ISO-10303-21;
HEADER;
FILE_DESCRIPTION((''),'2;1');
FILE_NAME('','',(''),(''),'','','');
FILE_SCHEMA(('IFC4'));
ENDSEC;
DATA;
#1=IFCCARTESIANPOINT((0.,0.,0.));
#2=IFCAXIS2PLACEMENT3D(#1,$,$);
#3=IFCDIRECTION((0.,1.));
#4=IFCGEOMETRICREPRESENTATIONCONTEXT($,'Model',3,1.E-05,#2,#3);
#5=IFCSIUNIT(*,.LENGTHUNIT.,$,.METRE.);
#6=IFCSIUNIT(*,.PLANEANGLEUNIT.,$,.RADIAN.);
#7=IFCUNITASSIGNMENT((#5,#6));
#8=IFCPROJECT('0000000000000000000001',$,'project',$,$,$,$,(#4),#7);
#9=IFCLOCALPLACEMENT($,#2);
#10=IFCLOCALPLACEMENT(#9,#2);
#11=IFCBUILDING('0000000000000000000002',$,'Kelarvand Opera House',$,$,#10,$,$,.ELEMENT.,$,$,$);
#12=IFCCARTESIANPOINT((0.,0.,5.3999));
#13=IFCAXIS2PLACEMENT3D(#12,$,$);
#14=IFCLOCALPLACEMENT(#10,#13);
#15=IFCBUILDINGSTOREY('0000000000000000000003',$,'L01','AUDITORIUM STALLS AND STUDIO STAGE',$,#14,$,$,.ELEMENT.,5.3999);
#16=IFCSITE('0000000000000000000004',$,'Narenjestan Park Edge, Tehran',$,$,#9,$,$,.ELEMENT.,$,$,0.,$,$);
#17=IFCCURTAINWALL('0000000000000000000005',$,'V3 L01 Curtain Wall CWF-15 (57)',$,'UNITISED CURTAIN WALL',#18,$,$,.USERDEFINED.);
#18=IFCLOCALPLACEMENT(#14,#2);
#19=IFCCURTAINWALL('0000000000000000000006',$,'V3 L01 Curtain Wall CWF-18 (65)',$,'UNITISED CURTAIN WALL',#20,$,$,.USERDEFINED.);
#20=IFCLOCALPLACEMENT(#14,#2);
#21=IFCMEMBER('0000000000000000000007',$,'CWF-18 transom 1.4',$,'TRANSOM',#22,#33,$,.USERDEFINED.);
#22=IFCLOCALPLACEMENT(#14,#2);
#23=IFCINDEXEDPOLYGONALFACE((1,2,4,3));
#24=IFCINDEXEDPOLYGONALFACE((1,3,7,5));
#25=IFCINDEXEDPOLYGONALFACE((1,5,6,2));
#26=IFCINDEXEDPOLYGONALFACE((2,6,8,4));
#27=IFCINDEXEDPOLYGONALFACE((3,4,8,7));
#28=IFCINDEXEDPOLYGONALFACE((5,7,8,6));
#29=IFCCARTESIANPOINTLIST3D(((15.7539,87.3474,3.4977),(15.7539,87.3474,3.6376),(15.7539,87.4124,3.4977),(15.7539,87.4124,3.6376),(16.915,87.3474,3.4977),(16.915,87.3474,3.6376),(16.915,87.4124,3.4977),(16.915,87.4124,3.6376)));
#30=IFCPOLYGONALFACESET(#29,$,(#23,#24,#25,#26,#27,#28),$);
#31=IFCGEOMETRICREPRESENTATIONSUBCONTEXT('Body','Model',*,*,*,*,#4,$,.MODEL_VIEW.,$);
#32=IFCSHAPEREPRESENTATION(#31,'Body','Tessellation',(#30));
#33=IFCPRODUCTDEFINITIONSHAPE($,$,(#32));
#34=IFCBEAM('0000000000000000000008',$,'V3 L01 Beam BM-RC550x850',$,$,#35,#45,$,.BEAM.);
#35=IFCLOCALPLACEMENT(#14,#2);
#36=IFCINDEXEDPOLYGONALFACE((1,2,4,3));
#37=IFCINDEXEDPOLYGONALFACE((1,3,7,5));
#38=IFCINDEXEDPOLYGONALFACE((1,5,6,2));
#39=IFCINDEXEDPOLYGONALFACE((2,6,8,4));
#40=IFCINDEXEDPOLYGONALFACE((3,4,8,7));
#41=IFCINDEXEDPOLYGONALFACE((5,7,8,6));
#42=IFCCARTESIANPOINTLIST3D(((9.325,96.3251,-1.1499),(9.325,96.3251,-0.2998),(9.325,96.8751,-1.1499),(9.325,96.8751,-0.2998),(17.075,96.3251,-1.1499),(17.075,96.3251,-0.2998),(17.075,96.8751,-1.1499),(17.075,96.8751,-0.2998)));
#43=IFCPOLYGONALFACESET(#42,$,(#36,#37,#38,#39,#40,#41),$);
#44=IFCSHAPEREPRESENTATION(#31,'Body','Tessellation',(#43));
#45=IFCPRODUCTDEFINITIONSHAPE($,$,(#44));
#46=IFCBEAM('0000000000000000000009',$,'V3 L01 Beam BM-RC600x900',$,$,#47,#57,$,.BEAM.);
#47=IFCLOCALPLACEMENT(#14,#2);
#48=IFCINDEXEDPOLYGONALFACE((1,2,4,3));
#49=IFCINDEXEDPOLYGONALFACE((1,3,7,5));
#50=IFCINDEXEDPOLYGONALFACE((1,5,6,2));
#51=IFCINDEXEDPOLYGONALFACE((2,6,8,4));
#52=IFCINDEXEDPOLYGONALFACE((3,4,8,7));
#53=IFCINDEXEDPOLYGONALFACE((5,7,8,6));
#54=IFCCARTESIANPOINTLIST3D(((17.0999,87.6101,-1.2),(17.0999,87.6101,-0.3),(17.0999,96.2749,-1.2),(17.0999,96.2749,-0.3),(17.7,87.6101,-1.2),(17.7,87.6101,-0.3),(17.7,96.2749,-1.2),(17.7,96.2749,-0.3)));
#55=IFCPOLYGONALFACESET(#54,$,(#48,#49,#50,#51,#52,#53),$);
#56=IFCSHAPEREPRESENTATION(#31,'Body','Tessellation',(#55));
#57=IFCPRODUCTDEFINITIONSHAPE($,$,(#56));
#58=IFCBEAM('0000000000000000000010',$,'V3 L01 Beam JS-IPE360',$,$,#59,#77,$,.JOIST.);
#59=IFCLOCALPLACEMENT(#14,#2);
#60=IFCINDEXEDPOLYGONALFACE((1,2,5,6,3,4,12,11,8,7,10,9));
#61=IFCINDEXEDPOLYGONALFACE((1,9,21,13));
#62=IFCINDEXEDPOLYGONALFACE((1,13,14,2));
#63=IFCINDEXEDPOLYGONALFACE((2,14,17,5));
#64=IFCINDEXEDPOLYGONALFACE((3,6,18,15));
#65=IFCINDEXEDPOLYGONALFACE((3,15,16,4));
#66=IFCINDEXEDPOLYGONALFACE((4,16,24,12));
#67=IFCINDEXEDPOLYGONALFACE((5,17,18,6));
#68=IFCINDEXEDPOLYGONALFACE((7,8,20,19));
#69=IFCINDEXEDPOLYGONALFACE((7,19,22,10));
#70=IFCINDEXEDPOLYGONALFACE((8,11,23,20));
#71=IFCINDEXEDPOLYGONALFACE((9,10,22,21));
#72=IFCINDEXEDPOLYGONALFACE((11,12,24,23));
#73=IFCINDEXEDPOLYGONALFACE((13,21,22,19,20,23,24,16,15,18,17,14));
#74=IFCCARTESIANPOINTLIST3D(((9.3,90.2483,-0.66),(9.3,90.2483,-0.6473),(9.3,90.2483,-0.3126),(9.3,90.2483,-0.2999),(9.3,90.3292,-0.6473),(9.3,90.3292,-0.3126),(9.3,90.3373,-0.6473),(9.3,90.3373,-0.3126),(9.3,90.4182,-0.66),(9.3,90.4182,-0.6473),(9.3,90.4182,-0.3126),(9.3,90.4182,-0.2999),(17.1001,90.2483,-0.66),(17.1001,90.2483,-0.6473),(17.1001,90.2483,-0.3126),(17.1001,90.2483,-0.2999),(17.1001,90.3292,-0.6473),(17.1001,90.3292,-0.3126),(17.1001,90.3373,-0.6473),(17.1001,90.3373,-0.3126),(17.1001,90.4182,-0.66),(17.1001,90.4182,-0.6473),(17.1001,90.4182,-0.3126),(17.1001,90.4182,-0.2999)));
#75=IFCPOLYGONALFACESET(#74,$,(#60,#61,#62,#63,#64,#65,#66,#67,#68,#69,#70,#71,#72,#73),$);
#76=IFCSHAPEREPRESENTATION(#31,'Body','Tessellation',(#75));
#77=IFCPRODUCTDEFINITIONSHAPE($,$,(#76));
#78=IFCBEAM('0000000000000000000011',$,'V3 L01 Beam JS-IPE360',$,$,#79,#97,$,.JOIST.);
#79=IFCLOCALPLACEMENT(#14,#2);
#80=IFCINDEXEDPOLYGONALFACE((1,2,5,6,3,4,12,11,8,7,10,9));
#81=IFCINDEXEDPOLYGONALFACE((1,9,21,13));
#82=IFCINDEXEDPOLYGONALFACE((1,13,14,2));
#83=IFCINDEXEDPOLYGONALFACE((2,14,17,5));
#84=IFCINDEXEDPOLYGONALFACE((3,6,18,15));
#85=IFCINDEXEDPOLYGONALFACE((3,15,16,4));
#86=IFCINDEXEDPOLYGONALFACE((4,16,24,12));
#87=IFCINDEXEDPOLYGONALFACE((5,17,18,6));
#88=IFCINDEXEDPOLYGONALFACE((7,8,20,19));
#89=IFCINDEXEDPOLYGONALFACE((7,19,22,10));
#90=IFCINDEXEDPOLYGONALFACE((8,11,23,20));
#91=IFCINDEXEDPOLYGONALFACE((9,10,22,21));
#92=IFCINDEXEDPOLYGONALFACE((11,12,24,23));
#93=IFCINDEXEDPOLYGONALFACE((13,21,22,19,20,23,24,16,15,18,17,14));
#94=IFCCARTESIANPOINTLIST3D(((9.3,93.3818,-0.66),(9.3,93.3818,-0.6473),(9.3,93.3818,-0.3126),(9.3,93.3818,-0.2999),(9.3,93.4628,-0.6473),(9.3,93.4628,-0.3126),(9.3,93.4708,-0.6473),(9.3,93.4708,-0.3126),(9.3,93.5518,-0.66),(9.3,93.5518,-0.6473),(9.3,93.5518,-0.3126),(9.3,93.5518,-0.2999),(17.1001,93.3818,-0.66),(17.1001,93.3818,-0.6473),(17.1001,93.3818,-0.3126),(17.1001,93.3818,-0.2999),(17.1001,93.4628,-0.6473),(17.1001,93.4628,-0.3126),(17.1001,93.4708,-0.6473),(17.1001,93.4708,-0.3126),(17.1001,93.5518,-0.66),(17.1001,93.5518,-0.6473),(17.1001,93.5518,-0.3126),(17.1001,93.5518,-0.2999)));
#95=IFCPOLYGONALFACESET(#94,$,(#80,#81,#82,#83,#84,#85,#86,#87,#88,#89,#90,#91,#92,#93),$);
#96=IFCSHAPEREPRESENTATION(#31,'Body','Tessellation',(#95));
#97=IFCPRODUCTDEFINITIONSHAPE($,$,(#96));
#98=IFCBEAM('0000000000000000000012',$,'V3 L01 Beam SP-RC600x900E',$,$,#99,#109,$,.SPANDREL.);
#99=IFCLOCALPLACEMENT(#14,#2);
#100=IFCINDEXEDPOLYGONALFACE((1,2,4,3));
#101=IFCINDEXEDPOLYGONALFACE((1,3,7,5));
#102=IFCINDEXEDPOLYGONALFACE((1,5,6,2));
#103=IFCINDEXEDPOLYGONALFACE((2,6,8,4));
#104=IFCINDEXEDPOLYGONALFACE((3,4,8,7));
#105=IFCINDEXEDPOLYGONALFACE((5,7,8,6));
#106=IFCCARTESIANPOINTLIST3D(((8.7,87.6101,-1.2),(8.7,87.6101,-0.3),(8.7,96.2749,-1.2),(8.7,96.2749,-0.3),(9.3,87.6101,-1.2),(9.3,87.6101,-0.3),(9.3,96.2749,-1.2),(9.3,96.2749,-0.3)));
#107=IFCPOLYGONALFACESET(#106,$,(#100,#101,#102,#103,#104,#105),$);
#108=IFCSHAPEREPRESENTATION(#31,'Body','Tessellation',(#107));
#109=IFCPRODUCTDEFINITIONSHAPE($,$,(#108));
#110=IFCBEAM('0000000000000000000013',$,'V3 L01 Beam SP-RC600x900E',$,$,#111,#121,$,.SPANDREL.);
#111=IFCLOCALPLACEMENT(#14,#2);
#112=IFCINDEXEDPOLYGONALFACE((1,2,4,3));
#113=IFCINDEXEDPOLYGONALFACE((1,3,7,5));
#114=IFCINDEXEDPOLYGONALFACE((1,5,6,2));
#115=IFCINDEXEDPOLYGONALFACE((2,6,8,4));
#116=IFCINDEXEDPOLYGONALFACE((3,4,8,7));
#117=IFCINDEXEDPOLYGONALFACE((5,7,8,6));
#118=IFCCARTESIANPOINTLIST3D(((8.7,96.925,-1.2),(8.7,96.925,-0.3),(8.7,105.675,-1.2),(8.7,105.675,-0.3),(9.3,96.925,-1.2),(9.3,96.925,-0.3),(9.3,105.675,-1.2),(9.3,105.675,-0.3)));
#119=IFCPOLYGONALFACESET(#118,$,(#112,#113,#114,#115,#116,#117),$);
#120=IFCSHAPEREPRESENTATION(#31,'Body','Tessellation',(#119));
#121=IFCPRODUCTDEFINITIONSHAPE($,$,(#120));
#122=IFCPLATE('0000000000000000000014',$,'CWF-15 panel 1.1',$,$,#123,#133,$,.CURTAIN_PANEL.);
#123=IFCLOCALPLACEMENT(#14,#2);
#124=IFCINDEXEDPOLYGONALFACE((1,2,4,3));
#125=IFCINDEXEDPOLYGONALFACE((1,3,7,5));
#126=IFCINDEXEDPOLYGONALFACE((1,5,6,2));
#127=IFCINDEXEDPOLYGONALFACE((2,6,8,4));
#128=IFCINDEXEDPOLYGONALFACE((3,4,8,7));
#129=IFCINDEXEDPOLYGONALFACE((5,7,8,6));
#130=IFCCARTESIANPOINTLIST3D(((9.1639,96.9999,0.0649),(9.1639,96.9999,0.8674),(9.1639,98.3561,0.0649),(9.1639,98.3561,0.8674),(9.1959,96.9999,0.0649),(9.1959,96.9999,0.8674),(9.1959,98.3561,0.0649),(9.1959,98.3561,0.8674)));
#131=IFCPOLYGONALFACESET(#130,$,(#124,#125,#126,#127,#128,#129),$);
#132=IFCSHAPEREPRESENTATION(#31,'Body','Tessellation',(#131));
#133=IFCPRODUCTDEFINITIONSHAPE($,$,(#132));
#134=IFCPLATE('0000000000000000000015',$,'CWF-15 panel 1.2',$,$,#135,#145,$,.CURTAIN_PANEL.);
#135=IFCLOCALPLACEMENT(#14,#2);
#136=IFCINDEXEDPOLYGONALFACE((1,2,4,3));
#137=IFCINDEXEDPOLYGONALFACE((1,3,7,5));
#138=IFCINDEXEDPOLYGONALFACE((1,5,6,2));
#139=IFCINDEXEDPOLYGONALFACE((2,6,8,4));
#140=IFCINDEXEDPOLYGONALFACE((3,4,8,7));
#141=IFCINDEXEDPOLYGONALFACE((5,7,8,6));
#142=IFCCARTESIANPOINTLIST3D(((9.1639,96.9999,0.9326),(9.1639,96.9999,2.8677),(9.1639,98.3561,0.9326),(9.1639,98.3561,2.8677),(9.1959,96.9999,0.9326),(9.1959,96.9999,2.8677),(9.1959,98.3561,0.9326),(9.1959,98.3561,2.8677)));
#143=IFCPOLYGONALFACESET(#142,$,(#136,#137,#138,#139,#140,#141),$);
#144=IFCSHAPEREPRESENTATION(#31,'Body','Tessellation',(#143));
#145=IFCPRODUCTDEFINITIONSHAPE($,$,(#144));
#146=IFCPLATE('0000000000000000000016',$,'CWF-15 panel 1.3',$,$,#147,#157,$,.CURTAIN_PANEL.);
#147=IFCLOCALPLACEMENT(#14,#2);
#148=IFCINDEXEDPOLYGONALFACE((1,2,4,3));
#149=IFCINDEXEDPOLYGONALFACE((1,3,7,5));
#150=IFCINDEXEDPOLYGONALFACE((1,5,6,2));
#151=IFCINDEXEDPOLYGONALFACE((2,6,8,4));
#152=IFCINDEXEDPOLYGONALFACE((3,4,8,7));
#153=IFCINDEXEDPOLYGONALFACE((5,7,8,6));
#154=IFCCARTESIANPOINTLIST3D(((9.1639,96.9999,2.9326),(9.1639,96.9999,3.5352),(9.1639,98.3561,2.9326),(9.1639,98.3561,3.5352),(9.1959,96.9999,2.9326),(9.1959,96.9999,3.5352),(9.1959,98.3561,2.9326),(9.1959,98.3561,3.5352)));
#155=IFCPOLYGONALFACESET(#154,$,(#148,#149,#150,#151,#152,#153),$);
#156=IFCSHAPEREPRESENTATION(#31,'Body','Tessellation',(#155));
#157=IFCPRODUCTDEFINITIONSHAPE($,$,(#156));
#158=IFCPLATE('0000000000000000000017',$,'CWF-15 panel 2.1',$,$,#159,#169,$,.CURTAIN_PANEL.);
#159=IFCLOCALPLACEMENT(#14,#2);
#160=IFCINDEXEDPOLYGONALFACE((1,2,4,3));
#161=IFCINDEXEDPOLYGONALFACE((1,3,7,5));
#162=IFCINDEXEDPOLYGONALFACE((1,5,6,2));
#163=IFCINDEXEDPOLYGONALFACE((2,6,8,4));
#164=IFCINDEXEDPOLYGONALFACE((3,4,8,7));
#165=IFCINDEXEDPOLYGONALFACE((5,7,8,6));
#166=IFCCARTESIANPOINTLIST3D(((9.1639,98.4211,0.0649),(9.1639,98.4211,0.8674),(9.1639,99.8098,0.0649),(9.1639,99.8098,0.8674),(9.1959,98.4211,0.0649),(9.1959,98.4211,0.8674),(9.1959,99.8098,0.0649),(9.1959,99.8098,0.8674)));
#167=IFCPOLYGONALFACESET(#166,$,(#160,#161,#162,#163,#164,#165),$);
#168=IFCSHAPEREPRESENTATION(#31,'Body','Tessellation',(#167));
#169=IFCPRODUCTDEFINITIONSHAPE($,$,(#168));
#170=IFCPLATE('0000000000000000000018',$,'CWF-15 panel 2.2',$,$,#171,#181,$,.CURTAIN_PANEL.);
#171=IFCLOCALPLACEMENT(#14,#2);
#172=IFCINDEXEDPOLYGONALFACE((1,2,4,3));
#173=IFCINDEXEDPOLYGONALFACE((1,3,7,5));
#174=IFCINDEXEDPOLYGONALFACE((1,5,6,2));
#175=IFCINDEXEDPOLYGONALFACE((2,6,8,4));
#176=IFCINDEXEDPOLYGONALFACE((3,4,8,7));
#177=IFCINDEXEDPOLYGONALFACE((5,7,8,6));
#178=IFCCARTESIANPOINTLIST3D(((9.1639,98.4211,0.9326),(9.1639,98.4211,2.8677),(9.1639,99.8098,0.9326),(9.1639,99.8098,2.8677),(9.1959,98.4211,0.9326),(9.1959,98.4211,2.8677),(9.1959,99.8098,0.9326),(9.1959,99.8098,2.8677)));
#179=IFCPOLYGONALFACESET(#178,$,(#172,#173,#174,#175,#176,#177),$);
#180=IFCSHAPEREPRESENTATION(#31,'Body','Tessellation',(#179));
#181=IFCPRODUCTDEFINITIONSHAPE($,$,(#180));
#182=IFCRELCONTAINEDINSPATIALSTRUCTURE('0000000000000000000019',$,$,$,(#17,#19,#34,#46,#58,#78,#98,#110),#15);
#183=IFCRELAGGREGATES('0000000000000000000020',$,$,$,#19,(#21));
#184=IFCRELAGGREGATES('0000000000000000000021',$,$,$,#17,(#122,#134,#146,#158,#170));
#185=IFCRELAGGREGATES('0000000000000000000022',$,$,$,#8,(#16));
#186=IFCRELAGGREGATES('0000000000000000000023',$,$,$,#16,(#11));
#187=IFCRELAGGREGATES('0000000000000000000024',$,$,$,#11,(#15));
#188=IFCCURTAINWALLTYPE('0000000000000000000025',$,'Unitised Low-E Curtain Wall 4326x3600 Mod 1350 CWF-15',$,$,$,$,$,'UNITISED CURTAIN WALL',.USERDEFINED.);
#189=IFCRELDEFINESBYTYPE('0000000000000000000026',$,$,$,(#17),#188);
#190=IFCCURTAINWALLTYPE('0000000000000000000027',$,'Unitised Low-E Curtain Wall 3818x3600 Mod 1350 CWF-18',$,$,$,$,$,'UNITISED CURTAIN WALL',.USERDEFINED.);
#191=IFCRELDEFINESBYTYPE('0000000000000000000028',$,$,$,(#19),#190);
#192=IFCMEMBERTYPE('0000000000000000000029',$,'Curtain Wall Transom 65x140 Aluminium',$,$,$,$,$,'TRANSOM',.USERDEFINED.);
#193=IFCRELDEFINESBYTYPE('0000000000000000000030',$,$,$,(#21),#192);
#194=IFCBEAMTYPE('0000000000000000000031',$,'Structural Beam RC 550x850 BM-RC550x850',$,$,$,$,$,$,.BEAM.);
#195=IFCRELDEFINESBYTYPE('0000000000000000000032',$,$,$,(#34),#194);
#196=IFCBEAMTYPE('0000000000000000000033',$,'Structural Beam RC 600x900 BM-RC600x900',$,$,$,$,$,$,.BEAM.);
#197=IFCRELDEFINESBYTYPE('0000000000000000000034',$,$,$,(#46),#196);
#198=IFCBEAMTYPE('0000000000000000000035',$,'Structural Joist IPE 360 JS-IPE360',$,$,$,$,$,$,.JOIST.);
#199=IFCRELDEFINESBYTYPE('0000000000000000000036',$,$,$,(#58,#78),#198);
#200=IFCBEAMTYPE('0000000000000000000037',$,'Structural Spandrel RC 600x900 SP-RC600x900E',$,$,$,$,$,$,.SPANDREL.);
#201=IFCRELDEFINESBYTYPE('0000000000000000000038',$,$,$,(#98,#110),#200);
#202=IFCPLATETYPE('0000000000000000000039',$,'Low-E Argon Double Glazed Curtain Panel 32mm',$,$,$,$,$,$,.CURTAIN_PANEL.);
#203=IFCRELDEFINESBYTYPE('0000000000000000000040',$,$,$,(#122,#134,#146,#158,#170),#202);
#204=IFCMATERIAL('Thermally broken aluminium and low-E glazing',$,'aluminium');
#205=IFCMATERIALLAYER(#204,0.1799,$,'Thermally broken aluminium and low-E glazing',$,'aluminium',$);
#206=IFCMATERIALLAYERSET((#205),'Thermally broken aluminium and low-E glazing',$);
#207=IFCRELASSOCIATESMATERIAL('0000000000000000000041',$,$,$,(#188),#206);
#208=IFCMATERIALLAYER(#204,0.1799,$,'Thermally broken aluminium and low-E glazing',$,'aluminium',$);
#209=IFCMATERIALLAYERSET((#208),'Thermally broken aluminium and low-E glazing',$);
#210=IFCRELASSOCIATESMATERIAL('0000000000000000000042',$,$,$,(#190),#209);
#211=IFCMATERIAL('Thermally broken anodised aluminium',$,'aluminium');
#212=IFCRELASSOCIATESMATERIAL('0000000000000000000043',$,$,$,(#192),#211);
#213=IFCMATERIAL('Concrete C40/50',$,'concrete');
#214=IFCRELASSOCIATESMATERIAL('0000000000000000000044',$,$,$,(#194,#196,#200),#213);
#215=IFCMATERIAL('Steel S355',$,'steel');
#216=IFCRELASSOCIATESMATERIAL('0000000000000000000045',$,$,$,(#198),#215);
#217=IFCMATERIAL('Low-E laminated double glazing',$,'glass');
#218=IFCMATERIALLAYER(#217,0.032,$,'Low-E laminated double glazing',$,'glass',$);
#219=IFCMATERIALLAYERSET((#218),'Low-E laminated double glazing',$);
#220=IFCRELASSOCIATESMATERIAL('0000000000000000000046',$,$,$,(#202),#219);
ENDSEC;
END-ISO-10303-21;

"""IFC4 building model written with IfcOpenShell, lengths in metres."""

from ifc_helpers import new_model, si_unit, direction, frame, origin, origin_2d, place, context, subcontext, project, spatial, rectangle, i_section, extrude, material, layer, layer_set, material_profile, profile_set, type_object, element, aggregate, save


model = new_model("IFC4")

# Units and contexts
model_context = context("Model", 3, precision=1e-05, world=origin(), true_north=direction((0.0, 1.0)))
body_context = subcontext(model_context, "Body", "Model", "MODEL_VIEW")
ifc_project = project(units=[si_unit("LENGTHUNIT", "METRE"), si_unit("PLANEANGLEUNIT", "RADIAN")], contexts=[model_context])

# Site, building, storey
site_placement = place(None, origin())
site = spatial("IfcSite", under=ifc_project, at=site_placement, Name="Narenjestan Park Edge, Tehran", CompositionType="ELEMENT", RefElevation=0.0)
building_placement = place(site_placement, origin())
building = spatial("IfcBuilding", under=site, at=building_placement, Name="Kelarvand Opera House", CompositionType="ELEMENT")
storey_placement = place(building_placement, frame((0.0, 0.0, 5.3999)))
storey = spatial("IfcBuildingStorey", under=building, at=storey_placement, Name="L01", Description="AUDITORIUM STALLS AND STUDIO STAGE", CompositionType="ELEMENT", Elevation=5.3999)

# Shared definitions
ifc_material_1 = material(Name="Concrete C40/50", Category="concrete")

# Curtain wall
ifc_material_2 = material(Name="Thermally broken aluminium and low-E glazing", Category="aluminium")
ifc_layer_1 = layer(ifc_material_2, 0.1799, Name="Thermally broken aluminium and low-E glazing", Category="aluminium")
ifc_layer_set_1 = layer_set([ifc_layer_1], Name="Thermally broken aluminium and low-E glazing")
curtain_wall_type_1 = type_object("IfcCurtainWallType", Name="Unitised Low-E Curtain Wall 4326x3600 Mod 1350 CWF-15", ElementType="UNITISED CURTAIN WALL", PredefinedType="USERDEFINED", material=ifc_layer_set_1)
curtain_wall_1_placement = place(storey_placement, origin())
curtain_wall_1 = element("IfcCurtainWall", 1, at=curtain_wall_1_placement, inside=storey, type_object=curtain_wall_type_1, Name="V3 L01 Curtain Wall CWF-15 (57)", ObjectType="UNITISED CURTAIN WALL", PredefinedType="USERDEFINED")
ifc_material_3 = material(Name="Thermally broken anodised aluminium", Category="aluminium")

# Curtain wall
ifc_layer_2 = layer(ifc_material_2, 0.1799, Name="Thermally broken aluminium and low-E glazing", Category="aluminium")
ifc_layer_set_2 = layer_set([ifc_layer_2], Name="Thermally broken aluminium and low-E glazing")
curtain_wall_type_2 = type_object("IfcCurtainWallType", Name="Unitised Low-E Curtain Wall 3818x3600 Mod 1350 CWF-18", ElementType="UNITISED CURTAIN WALL", PredefinedType="USERDEFINED", material=ifc_layer_set_2)
curtain_wall_2_placement = place(storey_placement, origin())
curtain_wall_2 = element("IfcCurtainWall", 2, at=curtain_wall_2_placement, inside=storey, type_object=curtain_wall_type_2, Name="V3 L01 Curtain Wall CWF-18 (65)", ObjectType="UNITISED CURTAIN WALL", PredefinedType="USERDEFINED")

# Member
ifc_material_profile_1 = material_profile(ifc_material_3, rectangle(XDim=0.0649, YDim=0.1399, at=origin_2d()), Name="ALU TRANSOM 65x140", Category="aluminium")
ifc_profile_set_1 = profile_set([ifc_material_profile_1], Name="Thermally broken anodised aluminium")
member_type_1 = type_object("IfcMemberType", Name="Curtain Wall Transom 65x140 Aluminium", ElementType="TRANSOM", PredefinedType="USERDEFINED", material=ifc_profile_set_1)
member_1_placement = place(storey_placement, frame((16.915, 87.3799, 3.5676), z_axis=(-1.0, 0.0, 0.0), x_axis=(0.0, -1.0, 0.0)))
member_1 = element("IfcMember", 3, at=member_1_placement, type_object=member_type_1, Name="CWF-18 transom 1.4", ObjectType="TRANSOM", PredefinedType="USERDEFINED", context=body_context, shape_type="SweptSolid", body=[
    extrude(rectangle(XDim=0.0649, YDim=0.1399, at=origin_2d()), origin(), (0.0, 0.0, 1.0), 1.1611),
])
aggregate(curtain_wall_2, [member_1])

# Beams
ifc_material_profile_2 = material_profile(ifc_material_1, rectangle(XDim=0.55, YDim=0.8501, at=origin_2d()), Name="RC 550x850", Category="concrete")
ifc_profile_set_2 = profile_set([ifc_material_profile_2], Name="Concrete C40/50")
beam_type_1 = type_object("IfcBeamType", Name="Structural Beam RC 550x850 BM-RC550x850", PredefinedType="BEAM", material=ifc_profile_set_2)
beam_1_placement = place(storey_placement, frame((9.325, 96.6001, -0.7249), z_axis=(1.0, 0.0, 0.0), x_axis=(0.0, 1.0, 0.0)))
element("IfcBeam", 4, at=beam_1_placement, inside=storey, type_object=beam_type_1, Name="V3 L01 Beam BM-RC550x850", PredefinedType="BEAM", context=body_context, shape_type="SweptSolid", body=[
    extrude(rectangle(XDim=0.55, YDim=0.8501, at=origin_2d()), origin(), (0.0, 0.0, 1.0), 7.75),
])
ifc_material_profile_3 = material_profile(ifc_material_1, rectangle(XDim=0.6001, YDim=0.8999, at=origin_2d()), Name="RC 600x900", Category="concrete")
ifc_profile_set_3 = profile_set([ifc_material_profile_3], Name="Concrete C40/50")
beam_type_2 = type_object("IfcBeamType", Name="Structural Beam RC 600x900 BM-RC600x900", PredefinedType="BEAM", material=ifc_profile_set_3)
beam_2_placement = place(storey_placement, frame((17.3999, 87.6101, -0.75), z_axis=(0.0, 1.0, 0.0), x_axis=(-1.0, 0.0, 0.0)))
element("IfcBeam", 5, at=beam_2_placement, inside=storey, type_object=beam_type_2, Name="V3 L01 Beam BM-RC600x900", PredefinedType="BEAM", context=body_context, shape_type="SweptSolid", body=[
    extrude(rectangle(XDim=0.6001, YDim=0.8999, at=origin_2d()), origin(), (0.0, 0.0, 1.0), 8.6648),
])
ifc_material_4 = material(Name="Steel S355", Category="steel")
ifc_material_profile_4 = material_profile(ifc_material_4, i_section(OverallWidth=0.1699, OverallDepth=0.3601, WebThickness=0.0081, FlangeThickness=0.0127, at=origin_2d()), Name="IPE 360", Category="steel")
ifc_profile_set_4 = profile_set([ifc_material_profile_4], Name="Steel S355")
beam_type_3 = type_object("IfcBeamType", Name="Structural Joist IPE 360 JS-IPE360", PredefinedType="JOIST", material=ifc_profile_set_4)
for number, where, z_axis, x_axis, name in (
    (6, (9.3, 90.3333, -0.48), (1.0, 0.0, 0.0), (0.0, 1.0, 0.0), "V3 L01 Beam JS-IPE360"),
    (7, (9.3, 93.4668, -0.48), (1.0, 0.0, 0.0), (0.0, 1.0, 0.0), "V3 L01 Beam JS-IPE360"),
):
    element("IfcBeam", number, at=place(storey_placement, frame(where, z_axis=z_axis, x_axis=x_axis)), inside=storey, type_object=beam_type_3, Name=name, PredefinedType="JOIST", context=body_context, shape_type="SweptSolid", body=[
        extrude(i_section(OverallWidth=0.1699, OverallDepth=0.3601, WebThickness=0.0081, FlangeThickness=0.0127, at=origin_2d()), origin(), (0.0, 0.0, 1.0), 7.8),
    ])
ifc_material_profile_5 = material_profile(ifc_material_1, rectangle(XDim=0.6001, YDim=0.8999, at=origin_2d()), Name="RC 600x900", Category="concrete")
ifc_profile_set_5 = profile_set([ifc_material_profile_5], Name="Concrete C40/50")
beam_type_4 = type_object("IfcBeamType", Name="Structural Spandrel RC 600x900 SP-RC600x900E", PredefinedType="SPANDREL", material=ifc_profile_set_5)
beam_3_placement = place(storey_placement, frame((9.0, 87.6101, -0.75), z_axis=(0.0, 1.0, 0.0), x_axis=(-1.0, 0.0, 0.0)))
element("IfcBeam", 8, at=beam_3_placement, inside=storey, type_object=beam_type_4, Name="V3 L01 Beam SP-RC600x900E", PredefinedType="SPANDREL", context=body_context, shape_type="SweptSolid", body=[
    extrude(rectangle(XDim=0.6001, YDim=0.8999, at=origin_2d()), origin(), (0.0, 0.0, 1.0), 8.6648),
])
beam_4_placement = place(storey_placement, frame((9.0, 96.925, -0.75), z_axis=(0.0, 1.0, 0.0), x_axis=(-1.0, 0.0, 0.0)))
element("IfcBeam", 9, at=beam_4_placement, inside=storey, type_object=beam_type_4, Name="V3 L01 Beam SP-RC600x900E", PredefinedType="SPANDREL", context=body_context, shape_type="SweptSolid", body=[
    extrude(rectangle(XDim=0.6001, YDim=0.8999, at=origin_2d()), origin(), (0.0, 0.0, 1.0), 8.75),
])

# Plates
ifc_material_5 = material(Name="Low-E laminated double glazing", Category="glass")
ifc_layer_3 = layer(ifc_material_5, 0.032, Name="Low-E laminated double glazing", Category="glass")
ifc_layer_set_3 = layer_set([ifc_layer_3], Name="Low-E laminated double glazing")
plate_type = type_object("IfcPlateType", Name="Low-E Argon Double Glazed Curtain Panel 32mm", PredefinedType="CURTAIN_PANEL", material=ifc_layer_set_3)
plate_1_placement = place(storey_placement, frame((9.1799, 97.678, 0.0649), z_axis=(0.0, 0.0, 1.0), x_axis=(0.0, 1.0, 0.0)))
plate_1 = element("IfcPlate", 10, at=plate_1_placement, type_object=plate_type, Name="CWF-15 panel 1.1", PredefinedType="CURTAIN_PANEL", context=body_context, shape_type="SweptSolid", body=[
    extrude(rectangle(XDim=1.3562, YDim=0.032, at=origin_2d()), origin(), (0.0, 0.0, 1.0), 0.8025),
])
plate_2_placement = place(storey_placement, frame((9.1799, 97.678, 0.9326), z_axis=(0.0, 0.0, 1.0), x_axis=(0.0, 1.0, 0.0)))
plate_2 = element("IfcPlate", 11, at=plate_2_placement, type_object=plate_type, Name="CWF-15 panel 1.2", PredefinedType="CURTAIN_PANEL", context=body_context, shape_type="SweptSolid", body=[
    extrude(rectangle(XDim=1.3562, YDim=0.032, at=origin_2d()), origin(), (0.0, 0.0, 1.0), 1.9351),
])
plate_3_placement = place(storey_placement, frame((9.1799, 97.678, 2.9326), z_axis=(0.0, 0.0, 1.0), x_axis=(0.0, 1.0, 0.0)))
plate_3 = element("IfcPlate", 12, at=plate_3_placement, type_object=plate_type, Name="CWF-15 panel 1.3", PredefinedType="CURTAIN_PANEL", context=body_context, shape_type="SweptSolid", body=[
    extrude(rectangle(XDim=1.3562, YDim=0.032, at=origin_2d()), origin(), (0.0, 0.0, 1.0), 0.6025),
])
plate_4_placement = place(storey_placement, frame((9.1799, 99.1155, 0.0649), z_axis=(0.0, 0.0, 1.0), x_axis=(0.0, 1.0, 0.0)))
plate_4 = element("IfcPlate", 13, at=plate_4_placement, type_object=plate_type, Name="CWF-15 panel 2.1", PredefinedType="CURTAIN_PANEL", context=body_context, shape_type="SweptSolid", body=[
    extrude(rectangle(XDim=1.3887, YDim=0.032, at=origin_2d()), origin(), (0.0, 0.0, 1.0), 0.8025),
])
plate_5_placement = place(storey_placement, frame((9.1799, 99.1155, 0.9326), z_axis=(0.0, 0.0, 1.0), x_axis=(0.0, 1.0, 0.0)))
plate_5 = element("IfcPlate", 14, at=plate_5_placement, type_object=plate_type, Name="CWF-15 panel 2.2", PredefinedType="CURTAIN_PANEL", context=body_context, shape_type="SweptSolid", body=[
    extrude(rectangle(XDim=1.3887, YDim=0.032, at=origin_2d()), origin(), (0.0, 0.0, 1.0), 1.9351),
])
aggregate(curtain_wall_1, [plate_1, plate_2, plate_3, plate_4, plate_5])

save(model, "model.ifc")
